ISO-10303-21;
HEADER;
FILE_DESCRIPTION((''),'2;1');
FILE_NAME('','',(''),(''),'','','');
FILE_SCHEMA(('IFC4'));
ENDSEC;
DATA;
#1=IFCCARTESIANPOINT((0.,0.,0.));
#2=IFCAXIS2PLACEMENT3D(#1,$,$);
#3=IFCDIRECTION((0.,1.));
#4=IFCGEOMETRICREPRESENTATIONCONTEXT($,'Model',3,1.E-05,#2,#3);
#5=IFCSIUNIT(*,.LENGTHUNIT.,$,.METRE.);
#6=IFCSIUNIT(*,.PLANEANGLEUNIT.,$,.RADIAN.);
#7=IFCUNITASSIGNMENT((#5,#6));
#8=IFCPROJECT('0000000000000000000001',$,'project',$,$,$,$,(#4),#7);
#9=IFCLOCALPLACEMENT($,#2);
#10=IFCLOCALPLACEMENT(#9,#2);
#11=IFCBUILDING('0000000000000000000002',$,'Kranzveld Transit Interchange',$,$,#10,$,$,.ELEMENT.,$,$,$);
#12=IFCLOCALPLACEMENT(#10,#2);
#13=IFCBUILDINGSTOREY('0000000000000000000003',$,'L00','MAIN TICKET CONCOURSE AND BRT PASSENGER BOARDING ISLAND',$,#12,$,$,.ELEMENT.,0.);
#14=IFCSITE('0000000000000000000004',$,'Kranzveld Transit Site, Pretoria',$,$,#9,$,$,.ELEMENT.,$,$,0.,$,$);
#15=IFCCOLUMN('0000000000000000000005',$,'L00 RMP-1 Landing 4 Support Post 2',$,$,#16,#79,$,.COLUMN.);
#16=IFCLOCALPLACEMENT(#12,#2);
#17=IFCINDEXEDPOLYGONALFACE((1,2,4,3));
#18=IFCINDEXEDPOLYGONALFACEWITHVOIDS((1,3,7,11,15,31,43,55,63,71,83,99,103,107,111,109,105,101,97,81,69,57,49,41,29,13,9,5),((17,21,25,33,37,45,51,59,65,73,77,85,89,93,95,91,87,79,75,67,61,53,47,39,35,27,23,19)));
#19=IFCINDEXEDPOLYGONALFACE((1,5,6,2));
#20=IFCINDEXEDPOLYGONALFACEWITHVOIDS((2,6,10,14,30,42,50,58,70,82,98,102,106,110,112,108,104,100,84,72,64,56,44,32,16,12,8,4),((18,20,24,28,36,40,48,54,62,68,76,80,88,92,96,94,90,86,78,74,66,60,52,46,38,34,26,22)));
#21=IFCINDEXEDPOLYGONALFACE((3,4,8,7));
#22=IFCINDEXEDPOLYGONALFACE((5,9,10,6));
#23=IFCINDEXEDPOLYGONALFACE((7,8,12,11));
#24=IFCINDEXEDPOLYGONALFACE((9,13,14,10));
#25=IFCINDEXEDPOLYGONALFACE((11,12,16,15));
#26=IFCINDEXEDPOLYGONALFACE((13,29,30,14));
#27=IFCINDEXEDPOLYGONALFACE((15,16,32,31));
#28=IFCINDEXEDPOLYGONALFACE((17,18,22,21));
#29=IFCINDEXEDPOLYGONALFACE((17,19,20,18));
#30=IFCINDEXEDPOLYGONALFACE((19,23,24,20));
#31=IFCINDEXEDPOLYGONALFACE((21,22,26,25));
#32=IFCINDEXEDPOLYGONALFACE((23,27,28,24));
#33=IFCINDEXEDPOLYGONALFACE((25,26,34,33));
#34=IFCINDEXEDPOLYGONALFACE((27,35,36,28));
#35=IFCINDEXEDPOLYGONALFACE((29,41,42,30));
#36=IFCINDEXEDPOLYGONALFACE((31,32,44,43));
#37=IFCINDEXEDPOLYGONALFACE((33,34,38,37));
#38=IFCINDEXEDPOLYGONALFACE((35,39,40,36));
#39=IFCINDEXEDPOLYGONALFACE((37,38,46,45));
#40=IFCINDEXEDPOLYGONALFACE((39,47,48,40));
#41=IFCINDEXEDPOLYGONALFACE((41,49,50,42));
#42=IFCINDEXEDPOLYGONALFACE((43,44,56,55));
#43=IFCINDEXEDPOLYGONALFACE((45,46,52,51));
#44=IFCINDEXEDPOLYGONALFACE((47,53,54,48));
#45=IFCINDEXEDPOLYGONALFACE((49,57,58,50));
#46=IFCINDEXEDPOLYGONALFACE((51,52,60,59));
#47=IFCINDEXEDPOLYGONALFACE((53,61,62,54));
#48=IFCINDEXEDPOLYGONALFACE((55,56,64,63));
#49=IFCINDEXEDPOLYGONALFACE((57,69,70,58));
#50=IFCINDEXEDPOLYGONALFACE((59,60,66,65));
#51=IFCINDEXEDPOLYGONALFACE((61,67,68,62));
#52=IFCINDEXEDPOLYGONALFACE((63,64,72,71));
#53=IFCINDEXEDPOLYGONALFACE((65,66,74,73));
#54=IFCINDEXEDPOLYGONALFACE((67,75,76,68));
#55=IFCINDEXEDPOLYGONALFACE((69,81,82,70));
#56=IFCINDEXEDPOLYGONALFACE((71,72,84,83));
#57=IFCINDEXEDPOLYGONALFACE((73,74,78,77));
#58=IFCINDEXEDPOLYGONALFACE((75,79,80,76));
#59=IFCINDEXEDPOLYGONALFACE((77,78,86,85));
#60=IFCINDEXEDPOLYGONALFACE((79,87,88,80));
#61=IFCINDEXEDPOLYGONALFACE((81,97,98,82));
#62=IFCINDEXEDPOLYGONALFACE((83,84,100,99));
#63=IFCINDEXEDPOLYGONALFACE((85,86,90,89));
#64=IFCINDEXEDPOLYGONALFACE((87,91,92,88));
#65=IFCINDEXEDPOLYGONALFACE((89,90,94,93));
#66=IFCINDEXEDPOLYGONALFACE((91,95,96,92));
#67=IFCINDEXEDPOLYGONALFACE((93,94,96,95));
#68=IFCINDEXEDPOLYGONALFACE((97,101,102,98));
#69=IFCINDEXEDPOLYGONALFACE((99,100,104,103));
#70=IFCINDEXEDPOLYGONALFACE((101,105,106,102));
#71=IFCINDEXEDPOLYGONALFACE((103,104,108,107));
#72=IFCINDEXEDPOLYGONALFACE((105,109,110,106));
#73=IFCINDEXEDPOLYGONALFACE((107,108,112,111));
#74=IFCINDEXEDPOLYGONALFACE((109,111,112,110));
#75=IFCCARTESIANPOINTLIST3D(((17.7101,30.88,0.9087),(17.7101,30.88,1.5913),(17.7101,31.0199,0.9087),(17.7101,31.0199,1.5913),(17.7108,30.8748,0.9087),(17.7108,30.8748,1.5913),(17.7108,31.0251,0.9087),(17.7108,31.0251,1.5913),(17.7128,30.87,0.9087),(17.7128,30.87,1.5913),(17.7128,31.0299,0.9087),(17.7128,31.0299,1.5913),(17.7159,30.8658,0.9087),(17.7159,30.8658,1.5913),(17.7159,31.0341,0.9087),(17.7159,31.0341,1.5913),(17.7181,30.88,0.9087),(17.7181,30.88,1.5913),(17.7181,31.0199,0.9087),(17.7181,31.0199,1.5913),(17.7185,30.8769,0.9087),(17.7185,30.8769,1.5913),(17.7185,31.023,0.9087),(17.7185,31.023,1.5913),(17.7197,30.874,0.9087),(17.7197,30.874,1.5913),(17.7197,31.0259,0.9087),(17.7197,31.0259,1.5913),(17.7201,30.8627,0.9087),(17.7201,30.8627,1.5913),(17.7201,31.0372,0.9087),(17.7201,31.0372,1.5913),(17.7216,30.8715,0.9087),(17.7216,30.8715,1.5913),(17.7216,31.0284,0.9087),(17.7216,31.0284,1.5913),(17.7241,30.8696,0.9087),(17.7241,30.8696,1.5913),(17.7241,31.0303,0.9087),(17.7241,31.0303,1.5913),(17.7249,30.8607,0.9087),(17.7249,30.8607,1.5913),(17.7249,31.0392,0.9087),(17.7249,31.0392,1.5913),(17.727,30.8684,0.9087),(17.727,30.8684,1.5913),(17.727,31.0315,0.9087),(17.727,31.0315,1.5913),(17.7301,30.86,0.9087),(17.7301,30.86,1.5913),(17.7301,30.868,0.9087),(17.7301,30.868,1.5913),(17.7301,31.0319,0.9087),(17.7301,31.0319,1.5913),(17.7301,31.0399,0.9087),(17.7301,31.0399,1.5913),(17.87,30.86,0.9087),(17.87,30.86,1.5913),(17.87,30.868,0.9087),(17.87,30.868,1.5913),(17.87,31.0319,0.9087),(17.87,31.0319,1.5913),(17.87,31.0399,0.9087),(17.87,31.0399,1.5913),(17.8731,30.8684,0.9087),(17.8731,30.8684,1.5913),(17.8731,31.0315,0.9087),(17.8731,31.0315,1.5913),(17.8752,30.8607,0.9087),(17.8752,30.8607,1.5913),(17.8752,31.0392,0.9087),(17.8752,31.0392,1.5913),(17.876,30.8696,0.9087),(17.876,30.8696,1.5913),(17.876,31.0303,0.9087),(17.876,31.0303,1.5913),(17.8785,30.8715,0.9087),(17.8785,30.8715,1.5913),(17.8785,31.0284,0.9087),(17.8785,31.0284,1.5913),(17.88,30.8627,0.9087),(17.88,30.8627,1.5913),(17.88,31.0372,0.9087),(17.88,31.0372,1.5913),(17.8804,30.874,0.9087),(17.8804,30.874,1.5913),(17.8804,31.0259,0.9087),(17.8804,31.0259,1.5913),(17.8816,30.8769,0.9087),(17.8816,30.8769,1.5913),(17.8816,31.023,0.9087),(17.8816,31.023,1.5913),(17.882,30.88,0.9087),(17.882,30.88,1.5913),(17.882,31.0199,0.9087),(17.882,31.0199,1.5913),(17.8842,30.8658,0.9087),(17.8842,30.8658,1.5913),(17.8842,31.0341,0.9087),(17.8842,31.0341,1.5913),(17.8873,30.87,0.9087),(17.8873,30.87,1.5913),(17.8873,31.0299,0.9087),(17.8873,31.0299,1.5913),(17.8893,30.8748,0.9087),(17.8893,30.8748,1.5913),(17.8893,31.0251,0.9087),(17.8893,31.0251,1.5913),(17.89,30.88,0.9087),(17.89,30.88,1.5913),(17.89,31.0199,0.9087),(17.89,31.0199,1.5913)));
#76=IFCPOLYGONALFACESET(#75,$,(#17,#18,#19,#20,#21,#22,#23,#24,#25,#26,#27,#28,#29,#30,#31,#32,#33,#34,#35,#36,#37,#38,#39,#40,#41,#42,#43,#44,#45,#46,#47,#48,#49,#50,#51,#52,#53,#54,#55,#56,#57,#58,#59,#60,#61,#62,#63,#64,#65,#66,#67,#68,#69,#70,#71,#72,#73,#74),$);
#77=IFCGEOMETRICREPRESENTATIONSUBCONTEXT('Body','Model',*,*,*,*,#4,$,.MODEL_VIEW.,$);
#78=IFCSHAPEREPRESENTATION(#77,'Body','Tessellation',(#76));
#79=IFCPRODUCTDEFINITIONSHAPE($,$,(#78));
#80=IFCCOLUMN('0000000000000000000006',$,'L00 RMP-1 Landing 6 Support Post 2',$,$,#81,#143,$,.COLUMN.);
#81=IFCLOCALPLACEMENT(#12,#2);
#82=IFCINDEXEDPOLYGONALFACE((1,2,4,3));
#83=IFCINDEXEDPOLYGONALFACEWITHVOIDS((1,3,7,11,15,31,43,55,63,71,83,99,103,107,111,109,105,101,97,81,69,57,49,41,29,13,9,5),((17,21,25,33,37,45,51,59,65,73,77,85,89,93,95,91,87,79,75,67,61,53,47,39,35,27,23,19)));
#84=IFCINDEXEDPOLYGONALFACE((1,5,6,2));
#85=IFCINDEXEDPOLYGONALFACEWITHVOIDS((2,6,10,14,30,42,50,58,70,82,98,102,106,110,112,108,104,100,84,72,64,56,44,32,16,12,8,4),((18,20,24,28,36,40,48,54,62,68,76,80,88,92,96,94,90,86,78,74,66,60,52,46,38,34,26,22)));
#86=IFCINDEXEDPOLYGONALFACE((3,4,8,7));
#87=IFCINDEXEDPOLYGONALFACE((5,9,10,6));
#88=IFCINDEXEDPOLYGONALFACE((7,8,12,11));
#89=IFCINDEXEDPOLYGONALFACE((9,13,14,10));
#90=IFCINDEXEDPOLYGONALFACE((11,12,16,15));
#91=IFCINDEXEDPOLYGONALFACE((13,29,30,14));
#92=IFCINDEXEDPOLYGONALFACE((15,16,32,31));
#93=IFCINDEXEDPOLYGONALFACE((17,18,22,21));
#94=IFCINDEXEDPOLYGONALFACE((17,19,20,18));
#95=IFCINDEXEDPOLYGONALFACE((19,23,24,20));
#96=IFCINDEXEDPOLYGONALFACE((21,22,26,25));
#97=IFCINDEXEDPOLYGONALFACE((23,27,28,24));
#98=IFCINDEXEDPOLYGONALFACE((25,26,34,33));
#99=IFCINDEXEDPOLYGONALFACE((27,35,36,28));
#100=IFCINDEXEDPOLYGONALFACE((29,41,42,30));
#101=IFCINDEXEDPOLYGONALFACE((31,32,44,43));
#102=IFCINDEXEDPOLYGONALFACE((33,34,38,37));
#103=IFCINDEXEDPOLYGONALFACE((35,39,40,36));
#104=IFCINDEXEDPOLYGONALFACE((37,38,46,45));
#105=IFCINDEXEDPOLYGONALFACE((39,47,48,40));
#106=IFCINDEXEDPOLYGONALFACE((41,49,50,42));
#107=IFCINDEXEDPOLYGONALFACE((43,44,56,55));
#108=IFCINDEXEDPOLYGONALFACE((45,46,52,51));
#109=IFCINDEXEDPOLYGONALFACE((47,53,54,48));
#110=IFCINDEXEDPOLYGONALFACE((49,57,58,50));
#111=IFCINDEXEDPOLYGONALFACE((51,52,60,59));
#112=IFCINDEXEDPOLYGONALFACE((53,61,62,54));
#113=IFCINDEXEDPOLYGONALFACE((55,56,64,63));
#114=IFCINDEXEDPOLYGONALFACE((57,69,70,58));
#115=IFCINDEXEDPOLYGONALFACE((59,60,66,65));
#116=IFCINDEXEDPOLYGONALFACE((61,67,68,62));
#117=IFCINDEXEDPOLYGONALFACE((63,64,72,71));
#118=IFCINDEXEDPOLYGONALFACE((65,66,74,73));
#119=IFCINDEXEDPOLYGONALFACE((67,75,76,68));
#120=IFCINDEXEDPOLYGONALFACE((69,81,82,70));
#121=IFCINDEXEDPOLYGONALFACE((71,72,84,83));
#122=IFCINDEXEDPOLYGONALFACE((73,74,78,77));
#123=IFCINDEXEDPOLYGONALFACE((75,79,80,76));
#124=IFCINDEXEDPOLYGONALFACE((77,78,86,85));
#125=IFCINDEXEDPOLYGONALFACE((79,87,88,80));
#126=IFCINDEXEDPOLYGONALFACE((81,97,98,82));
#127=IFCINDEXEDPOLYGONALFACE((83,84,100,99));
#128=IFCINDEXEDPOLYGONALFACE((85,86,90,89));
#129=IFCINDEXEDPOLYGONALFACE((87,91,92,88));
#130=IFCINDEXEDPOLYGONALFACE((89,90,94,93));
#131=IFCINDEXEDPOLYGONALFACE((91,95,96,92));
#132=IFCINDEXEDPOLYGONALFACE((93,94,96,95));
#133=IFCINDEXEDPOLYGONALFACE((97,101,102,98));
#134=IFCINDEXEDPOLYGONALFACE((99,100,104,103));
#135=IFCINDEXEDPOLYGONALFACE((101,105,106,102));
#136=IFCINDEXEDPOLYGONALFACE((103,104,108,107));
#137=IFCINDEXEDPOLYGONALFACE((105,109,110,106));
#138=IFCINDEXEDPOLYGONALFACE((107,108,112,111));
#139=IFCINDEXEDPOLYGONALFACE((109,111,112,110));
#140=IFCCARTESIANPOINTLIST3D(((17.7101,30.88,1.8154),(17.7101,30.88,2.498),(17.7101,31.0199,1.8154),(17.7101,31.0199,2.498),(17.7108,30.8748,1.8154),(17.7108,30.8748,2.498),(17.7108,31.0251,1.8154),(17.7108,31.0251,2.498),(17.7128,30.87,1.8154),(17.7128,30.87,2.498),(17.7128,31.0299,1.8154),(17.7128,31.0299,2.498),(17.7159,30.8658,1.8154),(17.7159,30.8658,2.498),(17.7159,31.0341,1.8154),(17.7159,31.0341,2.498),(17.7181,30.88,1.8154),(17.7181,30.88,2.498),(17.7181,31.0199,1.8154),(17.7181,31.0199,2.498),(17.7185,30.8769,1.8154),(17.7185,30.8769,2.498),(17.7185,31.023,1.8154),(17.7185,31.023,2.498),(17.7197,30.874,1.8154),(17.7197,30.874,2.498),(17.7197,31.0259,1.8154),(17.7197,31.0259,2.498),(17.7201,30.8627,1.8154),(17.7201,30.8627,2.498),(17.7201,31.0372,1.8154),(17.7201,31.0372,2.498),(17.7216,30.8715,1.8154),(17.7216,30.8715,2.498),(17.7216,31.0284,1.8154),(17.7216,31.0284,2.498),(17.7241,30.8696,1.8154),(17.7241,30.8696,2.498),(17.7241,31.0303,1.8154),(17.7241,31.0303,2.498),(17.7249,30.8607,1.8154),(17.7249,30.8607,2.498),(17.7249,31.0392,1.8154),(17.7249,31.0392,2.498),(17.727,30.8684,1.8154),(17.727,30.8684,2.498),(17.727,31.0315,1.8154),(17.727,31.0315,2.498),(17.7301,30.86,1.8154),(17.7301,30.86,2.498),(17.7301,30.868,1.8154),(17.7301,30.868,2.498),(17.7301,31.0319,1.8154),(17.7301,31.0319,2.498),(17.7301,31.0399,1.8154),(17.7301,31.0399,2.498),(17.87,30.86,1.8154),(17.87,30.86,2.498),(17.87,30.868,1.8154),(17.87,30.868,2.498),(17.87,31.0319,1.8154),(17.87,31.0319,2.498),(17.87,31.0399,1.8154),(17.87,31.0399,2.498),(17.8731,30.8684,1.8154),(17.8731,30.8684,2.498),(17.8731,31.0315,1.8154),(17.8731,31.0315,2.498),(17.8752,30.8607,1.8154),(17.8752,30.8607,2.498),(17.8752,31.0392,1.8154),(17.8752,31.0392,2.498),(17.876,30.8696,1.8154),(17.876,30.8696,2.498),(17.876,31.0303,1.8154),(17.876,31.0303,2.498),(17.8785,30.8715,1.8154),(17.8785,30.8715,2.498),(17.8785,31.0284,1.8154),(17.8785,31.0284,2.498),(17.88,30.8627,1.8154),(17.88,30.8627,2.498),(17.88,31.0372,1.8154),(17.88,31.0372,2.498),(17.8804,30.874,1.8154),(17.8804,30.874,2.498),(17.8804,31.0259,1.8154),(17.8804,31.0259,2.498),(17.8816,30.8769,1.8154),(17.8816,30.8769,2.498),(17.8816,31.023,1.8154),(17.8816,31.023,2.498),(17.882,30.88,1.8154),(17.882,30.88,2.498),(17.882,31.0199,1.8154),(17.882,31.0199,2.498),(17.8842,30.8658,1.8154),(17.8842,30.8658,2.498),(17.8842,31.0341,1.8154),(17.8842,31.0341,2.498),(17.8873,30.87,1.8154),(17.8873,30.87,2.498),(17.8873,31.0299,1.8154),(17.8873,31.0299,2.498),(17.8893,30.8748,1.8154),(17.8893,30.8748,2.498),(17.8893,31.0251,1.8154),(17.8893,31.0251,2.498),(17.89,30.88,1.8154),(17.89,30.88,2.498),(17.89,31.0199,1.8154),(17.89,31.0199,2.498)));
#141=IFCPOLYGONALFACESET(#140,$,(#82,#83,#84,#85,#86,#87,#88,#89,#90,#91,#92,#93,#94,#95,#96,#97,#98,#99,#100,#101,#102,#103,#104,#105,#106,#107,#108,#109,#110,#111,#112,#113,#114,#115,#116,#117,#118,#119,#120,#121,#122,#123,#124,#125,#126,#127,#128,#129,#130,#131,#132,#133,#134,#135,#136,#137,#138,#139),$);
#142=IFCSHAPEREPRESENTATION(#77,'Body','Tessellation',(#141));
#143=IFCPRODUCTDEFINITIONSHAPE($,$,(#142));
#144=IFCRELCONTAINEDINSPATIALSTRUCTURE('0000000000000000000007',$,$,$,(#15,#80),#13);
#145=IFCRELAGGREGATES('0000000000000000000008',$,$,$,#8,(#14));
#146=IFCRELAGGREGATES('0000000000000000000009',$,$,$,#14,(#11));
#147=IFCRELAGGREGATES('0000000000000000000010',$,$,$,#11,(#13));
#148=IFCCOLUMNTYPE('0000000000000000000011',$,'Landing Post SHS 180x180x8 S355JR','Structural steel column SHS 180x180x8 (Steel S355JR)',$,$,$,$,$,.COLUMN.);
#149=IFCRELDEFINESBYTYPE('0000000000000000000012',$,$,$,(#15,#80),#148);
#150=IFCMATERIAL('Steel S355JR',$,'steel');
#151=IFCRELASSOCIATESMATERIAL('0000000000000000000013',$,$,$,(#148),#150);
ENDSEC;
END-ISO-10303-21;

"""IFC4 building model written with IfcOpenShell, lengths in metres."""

from ifc_helpers import new_model, si_unit, direction, frame, origin, origin_2d, place, context, subcontext, project, spatial, hollow_rectangle, extrude, material, material_profile, profile_set, type_object, element, save


model = new_model("IFC4")

# Units and contexts
model_context = context("Model", 3, precision=1e-05, world=origin(), true_north=direction((0.0, 1.0)))
body_context = subcontext(model_context, "Body", "Model", "MODEL_VIEW")
ifc_project = project(units=[si_unit("LENGTHUNIT", "METRE"), si_unit("PLANEANGLEUNIT", "RADIAN")], contexts=[model_context])

# Site, building, storey
site_placement = place(None, origin())
site = spatial("IfcSite", under=ifc_project, at=site_placement, Name="Kranzveld Transit Site, Pretoria", CompositionType="ELEMENT", RefElevation=0.0)
building_placement = place(site_placement, origin())
building = spatial("IfcBuilding", under=site, at=building_placement, Name="Kranzveld Transit Interchange", CompositionType="ELEMENT")
storey_placement = place(building_placement, origin())
storey = spatial("IfcBuildingStorey", under=building, at=storey_placement, Name="L00", Description="MAIN TICKET CONCOURSE AND BRT PASSENGER BOARDING ISLAND", CompositionType="ELEMENT", Elevation=0.0)

# Columns
ifc_material_1 = material(Name="Steel S355JR", Category="steel")
ifc_material_profile_1 = material_profile(ifc_material_1, hollow_rectangle(XDim=0.1799, YDim=0.1799, WallThickness=0.0081, InnerFilletRadius=0.012, OuterFilletRadius=0.02, at=origin_2d()), Name="SHS 180x180x8")
ifc_profile_set_1 = profile_set([ifc_material_profile_1], Name="Steel S355JR")
column_type_1 = type_object("IfcColumnType", Name="Landing Post SHS 180x180x8 S355JR", Description="Structural steel column SHS 180x180x8 (Steel S355JR)", PredefinedType="COLUMN", material=ifc_profile_set_1)
for number, where, z_axis, x_axis, name in (
    (1, (17.8, 30.95, 0.9087), (0.0, 0.0, 1.0), (1.0, 0.0, 0.0), "L00 RMP-1 Landing 4 Support Post 2"),
    (2, (17.8, 30.95, 1.8154), (0.0, 0.0, 1.0), (1.0, 0.0, 0.0), "L00 RMP-1 Landing 6 Support Post 2"),
):
    element("IfcColumn", number, at=place(storey_placement, frame(where, z_axis=z_axis, x_axis=x_axis)), inside=storey, type_object=column_type_1, Name=name, PredefinedType="COLUMN", context=body_context, shape_type="SweptSolid", body=[
        extrude(hollow_rectangle(XDim=0.1799, YDim=0.1799, WallThickness=0.0081, InnerFilletRadius=0.012, OuterFilletRadius=0.02, at=origin_2d()), origin(), (0.0, 0.0, 1.0), 0.6826),
    ])

save(model, "model.ifc")
